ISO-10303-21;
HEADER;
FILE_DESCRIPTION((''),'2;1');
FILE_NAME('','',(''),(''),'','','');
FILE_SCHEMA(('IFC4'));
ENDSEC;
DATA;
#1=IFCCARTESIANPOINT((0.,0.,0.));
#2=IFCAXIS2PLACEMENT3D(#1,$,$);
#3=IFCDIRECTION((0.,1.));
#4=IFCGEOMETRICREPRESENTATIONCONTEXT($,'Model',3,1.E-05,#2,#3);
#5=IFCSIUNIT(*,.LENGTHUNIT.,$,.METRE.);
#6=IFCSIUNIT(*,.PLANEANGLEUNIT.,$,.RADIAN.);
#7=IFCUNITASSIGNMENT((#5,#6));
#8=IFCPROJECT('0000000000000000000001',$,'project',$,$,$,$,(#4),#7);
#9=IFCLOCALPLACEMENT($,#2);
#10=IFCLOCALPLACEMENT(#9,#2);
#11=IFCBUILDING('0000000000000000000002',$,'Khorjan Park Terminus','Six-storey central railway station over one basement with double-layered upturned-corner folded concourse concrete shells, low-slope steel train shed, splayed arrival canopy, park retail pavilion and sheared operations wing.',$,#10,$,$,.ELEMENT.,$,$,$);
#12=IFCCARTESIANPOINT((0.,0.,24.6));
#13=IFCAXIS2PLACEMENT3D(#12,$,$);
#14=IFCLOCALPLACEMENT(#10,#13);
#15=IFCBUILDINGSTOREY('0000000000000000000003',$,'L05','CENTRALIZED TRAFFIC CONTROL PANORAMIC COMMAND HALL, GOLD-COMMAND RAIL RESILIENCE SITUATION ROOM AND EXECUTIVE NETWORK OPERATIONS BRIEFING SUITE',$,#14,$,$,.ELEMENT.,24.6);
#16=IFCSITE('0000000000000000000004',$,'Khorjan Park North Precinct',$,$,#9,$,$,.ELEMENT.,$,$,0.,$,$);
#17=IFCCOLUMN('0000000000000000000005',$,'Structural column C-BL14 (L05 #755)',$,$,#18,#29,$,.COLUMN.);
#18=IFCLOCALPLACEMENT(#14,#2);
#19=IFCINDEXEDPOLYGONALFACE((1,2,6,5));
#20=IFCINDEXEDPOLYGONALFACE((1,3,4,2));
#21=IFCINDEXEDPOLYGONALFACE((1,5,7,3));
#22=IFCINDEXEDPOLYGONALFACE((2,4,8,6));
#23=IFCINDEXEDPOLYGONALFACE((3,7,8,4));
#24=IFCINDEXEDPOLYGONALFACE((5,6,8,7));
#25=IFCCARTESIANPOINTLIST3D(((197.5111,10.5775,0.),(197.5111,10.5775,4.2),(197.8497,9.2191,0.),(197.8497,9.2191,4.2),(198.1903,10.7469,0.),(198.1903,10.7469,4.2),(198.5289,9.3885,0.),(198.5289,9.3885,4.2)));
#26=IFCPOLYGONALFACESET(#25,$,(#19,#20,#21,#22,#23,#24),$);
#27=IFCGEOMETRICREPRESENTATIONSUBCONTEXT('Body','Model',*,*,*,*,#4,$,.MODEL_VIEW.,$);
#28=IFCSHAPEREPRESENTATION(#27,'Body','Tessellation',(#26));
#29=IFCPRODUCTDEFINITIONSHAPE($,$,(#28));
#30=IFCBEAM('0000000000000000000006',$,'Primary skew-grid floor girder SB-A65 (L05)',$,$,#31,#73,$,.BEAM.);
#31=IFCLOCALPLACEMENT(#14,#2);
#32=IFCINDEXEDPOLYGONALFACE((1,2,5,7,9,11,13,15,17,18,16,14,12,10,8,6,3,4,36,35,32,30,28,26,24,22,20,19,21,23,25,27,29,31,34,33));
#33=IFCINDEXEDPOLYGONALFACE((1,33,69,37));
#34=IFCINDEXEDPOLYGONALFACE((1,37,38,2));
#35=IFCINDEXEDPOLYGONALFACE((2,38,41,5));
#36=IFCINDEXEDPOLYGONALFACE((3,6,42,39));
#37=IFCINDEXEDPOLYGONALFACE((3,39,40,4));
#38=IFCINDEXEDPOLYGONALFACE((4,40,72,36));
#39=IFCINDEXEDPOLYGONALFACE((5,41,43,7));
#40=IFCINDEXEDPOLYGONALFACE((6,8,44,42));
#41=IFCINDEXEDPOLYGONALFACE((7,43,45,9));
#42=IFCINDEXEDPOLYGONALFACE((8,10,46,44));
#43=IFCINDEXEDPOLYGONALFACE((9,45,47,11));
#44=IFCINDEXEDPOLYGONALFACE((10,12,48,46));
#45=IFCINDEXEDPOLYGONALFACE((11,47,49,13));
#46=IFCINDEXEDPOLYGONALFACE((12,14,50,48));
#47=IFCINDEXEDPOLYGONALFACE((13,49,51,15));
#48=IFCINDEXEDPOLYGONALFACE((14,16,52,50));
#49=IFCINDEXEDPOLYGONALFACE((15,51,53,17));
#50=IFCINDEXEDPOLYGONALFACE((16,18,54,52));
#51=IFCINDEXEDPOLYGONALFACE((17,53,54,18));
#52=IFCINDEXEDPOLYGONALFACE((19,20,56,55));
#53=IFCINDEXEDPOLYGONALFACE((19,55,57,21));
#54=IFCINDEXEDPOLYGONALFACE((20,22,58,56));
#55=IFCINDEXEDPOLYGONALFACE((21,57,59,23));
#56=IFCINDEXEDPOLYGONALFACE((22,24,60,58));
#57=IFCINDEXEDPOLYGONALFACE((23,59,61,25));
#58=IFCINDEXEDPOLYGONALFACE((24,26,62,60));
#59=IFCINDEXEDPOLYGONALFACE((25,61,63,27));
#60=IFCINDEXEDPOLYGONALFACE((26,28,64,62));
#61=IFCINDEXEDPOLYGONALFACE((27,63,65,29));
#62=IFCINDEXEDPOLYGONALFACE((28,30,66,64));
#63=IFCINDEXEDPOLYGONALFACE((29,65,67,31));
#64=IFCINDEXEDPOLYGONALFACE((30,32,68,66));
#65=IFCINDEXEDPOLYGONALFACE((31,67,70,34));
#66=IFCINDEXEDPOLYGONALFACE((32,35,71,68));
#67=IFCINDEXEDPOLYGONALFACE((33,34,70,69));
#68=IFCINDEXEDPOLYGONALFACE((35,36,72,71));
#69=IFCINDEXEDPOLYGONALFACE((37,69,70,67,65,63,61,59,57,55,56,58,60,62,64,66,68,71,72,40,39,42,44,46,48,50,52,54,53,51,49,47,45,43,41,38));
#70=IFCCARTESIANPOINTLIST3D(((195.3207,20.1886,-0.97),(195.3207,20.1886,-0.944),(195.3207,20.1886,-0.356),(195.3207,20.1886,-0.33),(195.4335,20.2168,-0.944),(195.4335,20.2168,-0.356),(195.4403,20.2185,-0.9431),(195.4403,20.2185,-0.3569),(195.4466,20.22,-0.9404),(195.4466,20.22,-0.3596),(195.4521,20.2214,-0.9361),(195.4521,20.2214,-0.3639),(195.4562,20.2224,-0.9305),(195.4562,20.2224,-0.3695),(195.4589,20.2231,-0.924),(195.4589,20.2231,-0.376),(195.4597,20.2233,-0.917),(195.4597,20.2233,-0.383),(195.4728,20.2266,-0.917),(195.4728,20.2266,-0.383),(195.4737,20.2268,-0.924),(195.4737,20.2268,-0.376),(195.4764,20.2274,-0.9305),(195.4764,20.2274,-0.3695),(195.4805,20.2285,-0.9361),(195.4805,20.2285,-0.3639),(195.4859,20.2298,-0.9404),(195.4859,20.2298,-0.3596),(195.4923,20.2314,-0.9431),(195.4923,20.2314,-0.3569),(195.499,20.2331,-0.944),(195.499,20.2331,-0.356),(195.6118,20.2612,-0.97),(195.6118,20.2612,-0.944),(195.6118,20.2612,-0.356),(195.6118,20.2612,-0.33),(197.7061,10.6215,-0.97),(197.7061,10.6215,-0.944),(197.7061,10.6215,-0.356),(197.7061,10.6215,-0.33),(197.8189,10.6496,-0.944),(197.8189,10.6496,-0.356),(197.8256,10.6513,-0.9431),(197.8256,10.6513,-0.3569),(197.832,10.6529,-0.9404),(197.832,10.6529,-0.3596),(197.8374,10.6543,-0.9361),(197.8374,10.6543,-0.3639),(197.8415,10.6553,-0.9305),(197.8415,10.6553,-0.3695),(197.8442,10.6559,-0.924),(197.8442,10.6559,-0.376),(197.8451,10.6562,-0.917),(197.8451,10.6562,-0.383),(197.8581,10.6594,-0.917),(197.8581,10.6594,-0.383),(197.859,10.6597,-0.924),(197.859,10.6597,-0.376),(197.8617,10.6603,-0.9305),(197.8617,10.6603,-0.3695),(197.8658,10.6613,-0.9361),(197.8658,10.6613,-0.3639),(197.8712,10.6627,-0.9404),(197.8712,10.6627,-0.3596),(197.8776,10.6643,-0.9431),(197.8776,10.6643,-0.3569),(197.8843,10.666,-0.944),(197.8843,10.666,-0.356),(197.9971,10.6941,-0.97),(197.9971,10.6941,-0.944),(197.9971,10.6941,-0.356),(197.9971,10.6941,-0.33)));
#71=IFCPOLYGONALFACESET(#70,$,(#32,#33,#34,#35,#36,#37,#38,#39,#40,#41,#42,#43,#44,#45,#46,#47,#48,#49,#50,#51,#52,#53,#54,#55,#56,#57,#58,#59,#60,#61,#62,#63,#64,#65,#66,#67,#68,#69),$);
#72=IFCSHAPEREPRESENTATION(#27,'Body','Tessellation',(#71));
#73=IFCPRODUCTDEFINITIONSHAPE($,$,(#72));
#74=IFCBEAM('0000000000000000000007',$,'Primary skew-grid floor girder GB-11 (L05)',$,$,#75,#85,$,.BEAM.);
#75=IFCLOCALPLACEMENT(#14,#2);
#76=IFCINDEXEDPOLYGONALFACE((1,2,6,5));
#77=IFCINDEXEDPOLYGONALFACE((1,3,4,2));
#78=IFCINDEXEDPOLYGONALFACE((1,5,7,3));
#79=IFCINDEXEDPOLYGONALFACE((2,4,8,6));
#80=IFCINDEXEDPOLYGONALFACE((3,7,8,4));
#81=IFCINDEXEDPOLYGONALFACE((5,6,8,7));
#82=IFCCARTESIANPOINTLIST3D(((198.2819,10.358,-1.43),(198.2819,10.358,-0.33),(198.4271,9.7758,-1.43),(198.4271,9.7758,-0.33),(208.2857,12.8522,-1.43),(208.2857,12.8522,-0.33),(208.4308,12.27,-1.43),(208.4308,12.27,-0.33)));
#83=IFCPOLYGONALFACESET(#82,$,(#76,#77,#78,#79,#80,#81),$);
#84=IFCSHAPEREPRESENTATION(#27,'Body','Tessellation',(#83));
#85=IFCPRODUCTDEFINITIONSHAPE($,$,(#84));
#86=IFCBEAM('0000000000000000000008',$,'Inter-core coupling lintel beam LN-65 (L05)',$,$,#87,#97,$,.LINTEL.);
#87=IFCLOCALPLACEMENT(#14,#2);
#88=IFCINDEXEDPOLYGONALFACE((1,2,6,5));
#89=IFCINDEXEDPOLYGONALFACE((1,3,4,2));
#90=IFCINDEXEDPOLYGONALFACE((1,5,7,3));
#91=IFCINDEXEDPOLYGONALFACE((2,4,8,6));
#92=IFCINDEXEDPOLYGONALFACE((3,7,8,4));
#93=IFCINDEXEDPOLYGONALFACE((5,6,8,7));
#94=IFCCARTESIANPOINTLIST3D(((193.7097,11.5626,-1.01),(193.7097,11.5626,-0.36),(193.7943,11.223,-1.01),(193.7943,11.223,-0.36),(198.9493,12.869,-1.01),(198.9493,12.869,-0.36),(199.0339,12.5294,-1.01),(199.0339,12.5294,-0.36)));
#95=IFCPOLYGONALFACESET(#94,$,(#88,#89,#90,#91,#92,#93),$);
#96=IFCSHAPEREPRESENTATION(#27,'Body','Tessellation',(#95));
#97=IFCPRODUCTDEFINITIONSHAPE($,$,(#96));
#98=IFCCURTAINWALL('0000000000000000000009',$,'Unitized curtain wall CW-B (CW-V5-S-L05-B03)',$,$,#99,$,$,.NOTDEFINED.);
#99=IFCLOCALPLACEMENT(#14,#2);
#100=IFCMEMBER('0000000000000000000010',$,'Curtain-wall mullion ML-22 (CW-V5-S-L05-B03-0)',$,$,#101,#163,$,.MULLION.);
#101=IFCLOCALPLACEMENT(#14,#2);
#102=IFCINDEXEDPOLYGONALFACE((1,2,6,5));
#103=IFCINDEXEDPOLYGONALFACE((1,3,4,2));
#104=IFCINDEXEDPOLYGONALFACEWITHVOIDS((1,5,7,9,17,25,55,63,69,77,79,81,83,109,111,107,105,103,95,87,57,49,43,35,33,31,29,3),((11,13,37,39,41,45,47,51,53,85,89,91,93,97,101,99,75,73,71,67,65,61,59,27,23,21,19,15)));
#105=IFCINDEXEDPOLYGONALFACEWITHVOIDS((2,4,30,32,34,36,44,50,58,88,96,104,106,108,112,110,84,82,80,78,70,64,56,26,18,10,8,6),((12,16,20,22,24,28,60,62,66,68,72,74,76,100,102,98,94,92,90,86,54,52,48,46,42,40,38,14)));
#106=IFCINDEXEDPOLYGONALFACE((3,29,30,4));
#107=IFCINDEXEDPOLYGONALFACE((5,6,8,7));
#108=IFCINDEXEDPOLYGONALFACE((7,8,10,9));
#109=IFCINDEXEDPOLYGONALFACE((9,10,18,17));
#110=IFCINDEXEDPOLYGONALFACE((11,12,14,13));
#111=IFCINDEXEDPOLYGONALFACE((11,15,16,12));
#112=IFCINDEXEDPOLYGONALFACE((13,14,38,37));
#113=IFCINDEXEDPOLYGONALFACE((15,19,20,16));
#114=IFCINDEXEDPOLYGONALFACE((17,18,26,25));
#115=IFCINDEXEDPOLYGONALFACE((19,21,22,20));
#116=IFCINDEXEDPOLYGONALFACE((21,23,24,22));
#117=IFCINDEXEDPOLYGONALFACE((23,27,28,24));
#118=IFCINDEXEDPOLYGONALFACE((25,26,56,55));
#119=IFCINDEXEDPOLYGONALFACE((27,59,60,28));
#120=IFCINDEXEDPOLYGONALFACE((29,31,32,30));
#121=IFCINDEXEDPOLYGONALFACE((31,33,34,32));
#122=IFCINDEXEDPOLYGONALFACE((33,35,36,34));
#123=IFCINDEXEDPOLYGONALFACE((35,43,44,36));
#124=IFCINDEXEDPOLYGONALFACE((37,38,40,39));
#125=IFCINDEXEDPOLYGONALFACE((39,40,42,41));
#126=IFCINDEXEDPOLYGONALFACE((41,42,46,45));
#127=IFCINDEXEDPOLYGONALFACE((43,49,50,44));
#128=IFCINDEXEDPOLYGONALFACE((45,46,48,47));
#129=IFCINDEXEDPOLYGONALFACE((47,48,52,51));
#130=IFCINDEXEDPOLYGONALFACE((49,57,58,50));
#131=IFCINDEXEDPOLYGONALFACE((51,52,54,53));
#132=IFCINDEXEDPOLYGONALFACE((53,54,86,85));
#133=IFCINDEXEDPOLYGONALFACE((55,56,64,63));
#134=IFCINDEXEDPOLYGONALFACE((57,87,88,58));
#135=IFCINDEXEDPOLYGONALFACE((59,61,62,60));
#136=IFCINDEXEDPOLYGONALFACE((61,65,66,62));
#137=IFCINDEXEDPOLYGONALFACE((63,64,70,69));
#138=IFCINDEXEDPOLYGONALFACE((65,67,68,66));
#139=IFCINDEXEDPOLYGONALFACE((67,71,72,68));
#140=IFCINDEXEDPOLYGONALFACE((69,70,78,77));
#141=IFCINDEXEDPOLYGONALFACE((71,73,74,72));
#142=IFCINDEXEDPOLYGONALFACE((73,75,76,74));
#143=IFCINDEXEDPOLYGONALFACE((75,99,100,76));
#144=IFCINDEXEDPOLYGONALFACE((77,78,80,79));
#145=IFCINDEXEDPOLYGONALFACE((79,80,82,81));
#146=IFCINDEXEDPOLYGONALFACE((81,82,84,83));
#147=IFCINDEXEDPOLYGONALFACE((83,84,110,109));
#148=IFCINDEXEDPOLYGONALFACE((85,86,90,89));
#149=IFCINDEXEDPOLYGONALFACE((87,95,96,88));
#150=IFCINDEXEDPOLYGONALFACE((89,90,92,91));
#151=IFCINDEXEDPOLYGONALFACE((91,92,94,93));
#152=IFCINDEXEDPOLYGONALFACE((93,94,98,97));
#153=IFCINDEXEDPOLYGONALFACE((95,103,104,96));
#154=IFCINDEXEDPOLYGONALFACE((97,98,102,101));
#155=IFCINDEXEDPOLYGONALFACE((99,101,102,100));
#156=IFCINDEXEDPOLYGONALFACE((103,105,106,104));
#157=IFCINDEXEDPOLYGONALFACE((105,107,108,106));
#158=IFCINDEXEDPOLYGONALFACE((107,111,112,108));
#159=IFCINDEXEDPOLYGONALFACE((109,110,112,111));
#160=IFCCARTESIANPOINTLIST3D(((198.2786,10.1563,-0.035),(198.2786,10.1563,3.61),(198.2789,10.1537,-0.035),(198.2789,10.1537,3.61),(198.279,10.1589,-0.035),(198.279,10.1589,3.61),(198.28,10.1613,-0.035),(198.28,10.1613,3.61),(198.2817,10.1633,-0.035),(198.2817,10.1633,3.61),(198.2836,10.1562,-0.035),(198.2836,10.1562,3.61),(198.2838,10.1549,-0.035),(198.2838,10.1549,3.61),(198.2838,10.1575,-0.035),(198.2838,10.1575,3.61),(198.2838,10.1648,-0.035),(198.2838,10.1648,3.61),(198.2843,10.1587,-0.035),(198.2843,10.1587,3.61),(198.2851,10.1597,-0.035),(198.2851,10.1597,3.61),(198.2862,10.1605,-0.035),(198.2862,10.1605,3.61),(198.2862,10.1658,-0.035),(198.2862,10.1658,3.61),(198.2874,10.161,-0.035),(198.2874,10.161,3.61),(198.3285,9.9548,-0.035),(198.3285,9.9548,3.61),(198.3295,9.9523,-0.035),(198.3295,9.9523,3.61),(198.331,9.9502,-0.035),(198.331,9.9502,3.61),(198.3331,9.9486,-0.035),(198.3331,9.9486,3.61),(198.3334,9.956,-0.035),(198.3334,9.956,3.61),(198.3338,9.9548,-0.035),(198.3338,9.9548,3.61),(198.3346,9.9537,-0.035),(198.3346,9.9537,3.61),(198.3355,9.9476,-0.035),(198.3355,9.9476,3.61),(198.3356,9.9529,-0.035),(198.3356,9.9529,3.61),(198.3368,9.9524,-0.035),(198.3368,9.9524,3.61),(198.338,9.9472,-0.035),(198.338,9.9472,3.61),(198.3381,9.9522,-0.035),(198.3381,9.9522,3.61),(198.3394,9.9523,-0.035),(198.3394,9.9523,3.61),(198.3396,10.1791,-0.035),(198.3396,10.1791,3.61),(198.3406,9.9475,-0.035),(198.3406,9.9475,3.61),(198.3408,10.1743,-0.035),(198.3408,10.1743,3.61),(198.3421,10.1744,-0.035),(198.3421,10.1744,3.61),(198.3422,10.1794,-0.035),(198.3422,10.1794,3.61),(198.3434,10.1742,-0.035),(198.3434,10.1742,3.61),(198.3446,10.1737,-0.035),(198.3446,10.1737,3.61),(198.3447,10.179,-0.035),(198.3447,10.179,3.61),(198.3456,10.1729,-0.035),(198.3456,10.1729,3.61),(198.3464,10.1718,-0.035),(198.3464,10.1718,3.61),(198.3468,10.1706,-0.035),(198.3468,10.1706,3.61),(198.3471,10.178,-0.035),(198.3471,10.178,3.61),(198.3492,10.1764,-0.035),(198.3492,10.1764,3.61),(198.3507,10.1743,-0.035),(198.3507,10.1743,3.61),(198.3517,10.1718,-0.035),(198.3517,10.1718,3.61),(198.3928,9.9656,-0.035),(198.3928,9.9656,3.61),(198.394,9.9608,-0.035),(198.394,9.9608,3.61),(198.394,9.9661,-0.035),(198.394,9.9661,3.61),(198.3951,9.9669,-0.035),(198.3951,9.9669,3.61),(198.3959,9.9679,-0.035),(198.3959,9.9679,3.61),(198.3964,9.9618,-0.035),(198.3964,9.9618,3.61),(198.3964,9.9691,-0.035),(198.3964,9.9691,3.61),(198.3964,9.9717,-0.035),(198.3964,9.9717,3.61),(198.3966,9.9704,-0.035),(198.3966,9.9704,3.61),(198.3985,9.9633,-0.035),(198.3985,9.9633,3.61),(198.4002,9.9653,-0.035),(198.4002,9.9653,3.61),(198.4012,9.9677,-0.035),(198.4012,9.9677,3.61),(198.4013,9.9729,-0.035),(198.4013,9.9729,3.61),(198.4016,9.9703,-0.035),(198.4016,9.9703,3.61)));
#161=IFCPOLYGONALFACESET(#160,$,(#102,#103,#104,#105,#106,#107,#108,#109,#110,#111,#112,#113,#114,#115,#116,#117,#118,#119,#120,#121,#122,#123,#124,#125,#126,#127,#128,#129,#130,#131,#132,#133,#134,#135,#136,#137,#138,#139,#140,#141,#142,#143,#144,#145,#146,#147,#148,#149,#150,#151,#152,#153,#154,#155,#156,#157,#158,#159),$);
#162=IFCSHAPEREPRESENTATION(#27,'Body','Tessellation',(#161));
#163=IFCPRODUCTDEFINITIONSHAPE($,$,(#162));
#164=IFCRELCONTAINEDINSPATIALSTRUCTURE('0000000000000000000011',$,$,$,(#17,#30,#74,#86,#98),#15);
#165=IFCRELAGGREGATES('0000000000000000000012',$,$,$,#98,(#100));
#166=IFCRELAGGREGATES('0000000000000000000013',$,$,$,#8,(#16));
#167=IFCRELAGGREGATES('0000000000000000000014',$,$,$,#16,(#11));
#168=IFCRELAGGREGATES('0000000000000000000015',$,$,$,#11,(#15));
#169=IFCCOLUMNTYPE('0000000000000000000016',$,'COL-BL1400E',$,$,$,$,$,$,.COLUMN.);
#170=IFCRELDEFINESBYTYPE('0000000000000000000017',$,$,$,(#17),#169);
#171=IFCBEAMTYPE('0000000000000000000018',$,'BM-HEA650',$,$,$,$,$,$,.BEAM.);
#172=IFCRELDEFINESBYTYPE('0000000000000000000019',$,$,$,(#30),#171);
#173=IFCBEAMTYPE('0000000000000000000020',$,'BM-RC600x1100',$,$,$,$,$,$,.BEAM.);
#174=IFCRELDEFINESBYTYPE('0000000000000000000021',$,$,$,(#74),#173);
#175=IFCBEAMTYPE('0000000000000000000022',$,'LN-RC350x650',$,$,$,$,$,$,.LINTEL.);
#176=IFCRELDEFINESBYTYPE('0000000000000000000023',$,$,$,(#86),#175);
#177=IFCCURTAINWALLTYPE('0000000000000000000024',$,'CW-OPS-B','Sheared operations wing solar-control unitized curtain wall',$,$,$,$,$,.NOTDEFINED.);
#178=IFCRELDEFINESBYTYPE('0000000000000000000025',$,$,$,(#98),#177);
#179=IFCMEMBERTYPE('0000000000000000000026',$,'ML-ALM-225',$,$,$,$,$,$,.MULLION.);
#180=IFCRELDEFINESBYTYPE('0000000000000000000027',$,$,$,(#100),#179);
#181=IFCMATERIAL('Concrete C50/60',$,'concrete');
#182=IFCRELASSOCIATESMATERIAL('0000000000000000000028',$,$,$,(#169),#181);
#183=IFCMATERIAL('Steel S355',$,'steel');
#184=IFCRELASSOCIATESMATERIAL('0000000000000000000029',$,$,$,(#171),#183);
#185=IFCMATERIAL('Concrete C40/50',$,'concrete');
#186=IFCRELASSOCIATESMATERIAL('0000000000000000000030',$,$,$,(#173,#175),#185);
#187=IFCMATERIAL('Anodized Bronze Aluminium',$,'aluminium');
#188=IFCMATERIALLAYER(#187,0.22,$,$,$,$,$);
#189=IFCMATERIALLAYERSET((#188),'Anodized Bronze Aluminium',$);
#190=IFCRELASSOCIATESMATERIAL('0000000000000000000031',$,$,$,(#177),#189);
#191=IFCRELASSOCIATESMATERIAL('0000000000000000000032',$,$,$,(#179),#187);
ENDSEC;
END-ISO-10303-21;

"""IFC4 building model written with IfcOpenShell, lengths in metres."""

from ifc_helpers import new_model, si_unit, direction, frame, origin, origin_2d, place, context, subcontext, project, spatial, rectangle, hollow_rectangle, i_section, extrude, material, layer, layer_set, material_profile, profile_set, type_object, element, aggregate, save


model = new_model("IFC4")

# Units and contexts
model_context = context("Model", 3, precision=1e-05, world=origin(), true_north=direction((0.0, 1.0)))
body_context = subcontext(model_context, "Body", "Model", "MODEL_VIEW")
ifc_project = project(units=[si_unit("LENGTHUNIT", "METRE"), si_unit("PLANEANGLEUNIT", "RADIAN")], contexts=[model_context])

# Site, building, storey
site_placement = place(None, origin())
site = spatial("IfcSite", under=ifc_project, at=site_placement, Name="Khorjan Park North Precinct", CompositionType="ELEMENT", RefElevation=0.0)
building_placement = place(site_placement, origin())
building = spatial("IfcBuilding", under=site, at=building_placement, Name="Khorjan Park Terminus", Description="Six-storey central railway station over one basement with double-layered upturned-corner folded concourse concrete shells, low-slope steel train shed, splayed arrival canopy, park retail pavilion and sheared operations wing.", CompositionType="ELEMENT")
storey_placement = place(building_placement, frame((0.0, 0.0, 24.6)))
storey = spatial("IfcBuildingStorey", under=building, at=storey_placement, Name="L05", Description="CENTRALIZED TRAFFIC CONTROL PANORAMIC COMMAND HALL, GOLD-COMMAND RAIL RESILIENCE SITUATION ROOM AND EXECUTIVE NETWORK OPERATIONS BRIEFING SUITE", CompositionType="ELEMENT", Elevation=24.6)

# Column
ifc_material_1 = material(Name="Concrete C50/60", Category="concrete")
ifc_material_profile_1 = material_profile(ifc_material_1, rectangle(XDim=0.7, YDim=1.4, at=origin_2d()), Name="RC 700x1400")
ifc_profile_set_1 = profile_set([ifc_material_profile_1], Name="Concrete C50/60")
column_type = type_object("IfcColumnType", Name="COL-BL1400E", PredefinedType="COLUMN", material=ifc_profile_set_1)
column_placement = place(storey_placement, frame((198.02, 9.983, 0.0), z_axis=(0.0, 0.0, 1.0), x_axis=(0.970296, 0.241922, 0.0)))
element("IfcColumn", 1, at=column_placement, inside=storey, type_object=column_type, Name="Structural column C-BL14 (L05 #755)", PredefinedType="COLUMN", context=body_context, shape_type="SweptSolid", body=[
    extrude(rectangle(XDim=0.7, YDim=1.4, at=origin_2d()), origin(), (0.0, 0.0, 1.0), 4.2),
])

# Beams
ifc_material_2 = material(Name="Steel S355", Category="steel")
ifc_material_profile_2 = material_profile(ifc_material_2, i_section(OverallWidth=0.3, OverallDepth=0.64, WebThickness=0.0135, FlangeThickness=0.026, FilletRadius=0.027, at=origin_2d()), Name="HEA 650")
ifc_profile_set_2 = profile_set([ifc_material_profile_2], Name="Steel S355")
beam_type_1 = type_object("IfcBeamType", Name="BM-HEA650", PredefinedType="BEAM", material=ifc_profile_set_2)
beam_1_placement = place(storey_placement, frame((197.8516, 10.6578, -0.65), z_axis=(-0.241918, 0.970297, 0.0), x_axis=(-0.970297, -0.241918, 0.0)))
element("IfcBeam", 2, at=beam_1_placement, inside=storey, type_object=beam_type_1, Name="Primary skew-grid floor girder SB-A65 (L05)", PredefinedType="BEAM", context=body_context, shape_type="SweptSolid", body=[
    extrude(i_section(OverallWidth=0.3, OverallDepth=0.64, WebThickness=0.0135, FlangeThickness=0.026, FilletRadius=0.027, at=origin_2d()), origin(), (0.0, 0.0, 1.0), 9.86),
])
ifc_material_3 = material(Name="Concrete C40/50", Category="concrete")
ifc_material_profile_3 = material_profile(ifc_material_3, rectangle(XDim=0.6, YDim=1.1, at=origin_2d()), Name="RC 600x1100")
ifc_profile_set_3 = profile_set([ifc_material_profile_3], Name="Concrete C40/50")
beam_type_2 = type_object("IfcBeamType", Name="BM-RC600x1100", PredefinedType="BEAM", material=ifc_profile_set_3)
beam_2_placement = place(storey_placement, frame((198.3545, 10.0669, -0.88), z_axis=(0.970296, 0.241919, 0.0), x_axis=(-0.241919, 0.970296, 0.0)))
element("IfcBeam", 3, at=beam_2_placement, inside=storey, type_object=beam_type_2, Name="Primary skew-grid floor girder GB-11 (L05)", PredefinedType="BEAM", context=body_context, shape_type="SweptSolid", body=[
    extrude(rectangle(XDim=0.6, YDim=1.1, at=origin_2d()), origin(), (0.0, 0.0, 1.0), 10.31),
])
ifc_material_profile_4 = material_profile(ifc_material_3, rectangle(XDim=0.35, YDim=0.65, at=origin_2d()), Name="RC 350x650")
ifc_profile_set_4 = profile_set([ifc_material_profile_4], Name="Concrete C40/50")
beam_type_3 = type_object("IfcBeamType", Name="LN-RC350x650", PredefinedType="LINTEL", material=ifc_profile_set_4)
beam_3_placement = place(storey_placement, frame((193.752, 11.3928, -0.685), z_axis=(0.970295, 0.241926, 0.0), x_axis=(-0.241926, 0.970295, 0.0)))
element("IfcBeam", 4, at=beam_3_placement, inside=storey, type_object=beam_type_3, Name="Inter-core coupling lintel beam LN-65 (L05)", PredefinedType="LINTEL", context=body_context, shape_type="SweptSolid", body=[
    extrude(rectangle(XDim=0.35, YDim=0.65, at=origin_2d()), origin(), (0.0, 0.0, 1.0), 5.4),
])

# Curtain wall, member
ifc_material_4 = material(Name="Anodized Bronze Aluminium", Category="aluminium")
ifc_layer_1 = layer(ifc_material_4, 0.22)
ifc_layer_set_1 = layer_set([ifc_layer_1], Name="Anodized Bronze Aluminium")
curtain_wall_type = type_object("IfcCurtainWallType", Name="CW-OPS-B", Description="Sheared operations wing solar-control unitized curtain wall", PredefinedType="NOTDEFINED", material=ifc_layer_set_1)
curtain_wall_placement = place(storey_placement, origin())
curtain_wall = element("IfcCurtainWall", 5, at=curtain_wall_placement, inside=storey, type_object=curtain_wall_type, Name="Unitized curtain wall CW-B (CW-V5-S-L05-B03)", PredefinedType="NOTDEFINED")
ifc_material_profile_5 = material_profile(ifc_material_4, hollow_rectangle(XDim=0.075, YDim=0.225, WallThickness=0.005, InnerFilletRadius=0.005, OuterFilletRadius=0.01, at=origin_2d()), Name="ALM 75x225x5")
ifc_profile_set_5 = profile_set([ifc_material_profile_5], Name="Anodized Bronze Aluminium")
member_type_1 = type_object("IfcMemberType", Name="ML-ALM-225", PredefinedType="MULLION", material=ifc_profile_set_5)
member_1_placement = place(storey_placement, frame((198.3401, 10.0633, -0.035), z_axis=(0.0, 0.0, 1.0), x_axis=(0.970295, 0.241926, 0.0)))
member_1 = element("IfcMember", 6, at=member_1_placement, type_object=member_type_1, Name="Curtain-wall mullion ML-22 (CW-V5-S-L05-B03-0)", PredefinedType="MULLION", context=body_context, shape_type="SweptSolid", body=[
    extrude(hollow_rectangle(XDim=0.075, YDim=0.225, WallThickness=0.005, InnerFilletRadius=0.005, OuterFilletRadius=0.01, at=origin_2d()), origin(), (0.0, 0.0, 1.0), 3.645),
])
aggregate(curtain_wall, [member_1])

save(model, "model.ifc")
